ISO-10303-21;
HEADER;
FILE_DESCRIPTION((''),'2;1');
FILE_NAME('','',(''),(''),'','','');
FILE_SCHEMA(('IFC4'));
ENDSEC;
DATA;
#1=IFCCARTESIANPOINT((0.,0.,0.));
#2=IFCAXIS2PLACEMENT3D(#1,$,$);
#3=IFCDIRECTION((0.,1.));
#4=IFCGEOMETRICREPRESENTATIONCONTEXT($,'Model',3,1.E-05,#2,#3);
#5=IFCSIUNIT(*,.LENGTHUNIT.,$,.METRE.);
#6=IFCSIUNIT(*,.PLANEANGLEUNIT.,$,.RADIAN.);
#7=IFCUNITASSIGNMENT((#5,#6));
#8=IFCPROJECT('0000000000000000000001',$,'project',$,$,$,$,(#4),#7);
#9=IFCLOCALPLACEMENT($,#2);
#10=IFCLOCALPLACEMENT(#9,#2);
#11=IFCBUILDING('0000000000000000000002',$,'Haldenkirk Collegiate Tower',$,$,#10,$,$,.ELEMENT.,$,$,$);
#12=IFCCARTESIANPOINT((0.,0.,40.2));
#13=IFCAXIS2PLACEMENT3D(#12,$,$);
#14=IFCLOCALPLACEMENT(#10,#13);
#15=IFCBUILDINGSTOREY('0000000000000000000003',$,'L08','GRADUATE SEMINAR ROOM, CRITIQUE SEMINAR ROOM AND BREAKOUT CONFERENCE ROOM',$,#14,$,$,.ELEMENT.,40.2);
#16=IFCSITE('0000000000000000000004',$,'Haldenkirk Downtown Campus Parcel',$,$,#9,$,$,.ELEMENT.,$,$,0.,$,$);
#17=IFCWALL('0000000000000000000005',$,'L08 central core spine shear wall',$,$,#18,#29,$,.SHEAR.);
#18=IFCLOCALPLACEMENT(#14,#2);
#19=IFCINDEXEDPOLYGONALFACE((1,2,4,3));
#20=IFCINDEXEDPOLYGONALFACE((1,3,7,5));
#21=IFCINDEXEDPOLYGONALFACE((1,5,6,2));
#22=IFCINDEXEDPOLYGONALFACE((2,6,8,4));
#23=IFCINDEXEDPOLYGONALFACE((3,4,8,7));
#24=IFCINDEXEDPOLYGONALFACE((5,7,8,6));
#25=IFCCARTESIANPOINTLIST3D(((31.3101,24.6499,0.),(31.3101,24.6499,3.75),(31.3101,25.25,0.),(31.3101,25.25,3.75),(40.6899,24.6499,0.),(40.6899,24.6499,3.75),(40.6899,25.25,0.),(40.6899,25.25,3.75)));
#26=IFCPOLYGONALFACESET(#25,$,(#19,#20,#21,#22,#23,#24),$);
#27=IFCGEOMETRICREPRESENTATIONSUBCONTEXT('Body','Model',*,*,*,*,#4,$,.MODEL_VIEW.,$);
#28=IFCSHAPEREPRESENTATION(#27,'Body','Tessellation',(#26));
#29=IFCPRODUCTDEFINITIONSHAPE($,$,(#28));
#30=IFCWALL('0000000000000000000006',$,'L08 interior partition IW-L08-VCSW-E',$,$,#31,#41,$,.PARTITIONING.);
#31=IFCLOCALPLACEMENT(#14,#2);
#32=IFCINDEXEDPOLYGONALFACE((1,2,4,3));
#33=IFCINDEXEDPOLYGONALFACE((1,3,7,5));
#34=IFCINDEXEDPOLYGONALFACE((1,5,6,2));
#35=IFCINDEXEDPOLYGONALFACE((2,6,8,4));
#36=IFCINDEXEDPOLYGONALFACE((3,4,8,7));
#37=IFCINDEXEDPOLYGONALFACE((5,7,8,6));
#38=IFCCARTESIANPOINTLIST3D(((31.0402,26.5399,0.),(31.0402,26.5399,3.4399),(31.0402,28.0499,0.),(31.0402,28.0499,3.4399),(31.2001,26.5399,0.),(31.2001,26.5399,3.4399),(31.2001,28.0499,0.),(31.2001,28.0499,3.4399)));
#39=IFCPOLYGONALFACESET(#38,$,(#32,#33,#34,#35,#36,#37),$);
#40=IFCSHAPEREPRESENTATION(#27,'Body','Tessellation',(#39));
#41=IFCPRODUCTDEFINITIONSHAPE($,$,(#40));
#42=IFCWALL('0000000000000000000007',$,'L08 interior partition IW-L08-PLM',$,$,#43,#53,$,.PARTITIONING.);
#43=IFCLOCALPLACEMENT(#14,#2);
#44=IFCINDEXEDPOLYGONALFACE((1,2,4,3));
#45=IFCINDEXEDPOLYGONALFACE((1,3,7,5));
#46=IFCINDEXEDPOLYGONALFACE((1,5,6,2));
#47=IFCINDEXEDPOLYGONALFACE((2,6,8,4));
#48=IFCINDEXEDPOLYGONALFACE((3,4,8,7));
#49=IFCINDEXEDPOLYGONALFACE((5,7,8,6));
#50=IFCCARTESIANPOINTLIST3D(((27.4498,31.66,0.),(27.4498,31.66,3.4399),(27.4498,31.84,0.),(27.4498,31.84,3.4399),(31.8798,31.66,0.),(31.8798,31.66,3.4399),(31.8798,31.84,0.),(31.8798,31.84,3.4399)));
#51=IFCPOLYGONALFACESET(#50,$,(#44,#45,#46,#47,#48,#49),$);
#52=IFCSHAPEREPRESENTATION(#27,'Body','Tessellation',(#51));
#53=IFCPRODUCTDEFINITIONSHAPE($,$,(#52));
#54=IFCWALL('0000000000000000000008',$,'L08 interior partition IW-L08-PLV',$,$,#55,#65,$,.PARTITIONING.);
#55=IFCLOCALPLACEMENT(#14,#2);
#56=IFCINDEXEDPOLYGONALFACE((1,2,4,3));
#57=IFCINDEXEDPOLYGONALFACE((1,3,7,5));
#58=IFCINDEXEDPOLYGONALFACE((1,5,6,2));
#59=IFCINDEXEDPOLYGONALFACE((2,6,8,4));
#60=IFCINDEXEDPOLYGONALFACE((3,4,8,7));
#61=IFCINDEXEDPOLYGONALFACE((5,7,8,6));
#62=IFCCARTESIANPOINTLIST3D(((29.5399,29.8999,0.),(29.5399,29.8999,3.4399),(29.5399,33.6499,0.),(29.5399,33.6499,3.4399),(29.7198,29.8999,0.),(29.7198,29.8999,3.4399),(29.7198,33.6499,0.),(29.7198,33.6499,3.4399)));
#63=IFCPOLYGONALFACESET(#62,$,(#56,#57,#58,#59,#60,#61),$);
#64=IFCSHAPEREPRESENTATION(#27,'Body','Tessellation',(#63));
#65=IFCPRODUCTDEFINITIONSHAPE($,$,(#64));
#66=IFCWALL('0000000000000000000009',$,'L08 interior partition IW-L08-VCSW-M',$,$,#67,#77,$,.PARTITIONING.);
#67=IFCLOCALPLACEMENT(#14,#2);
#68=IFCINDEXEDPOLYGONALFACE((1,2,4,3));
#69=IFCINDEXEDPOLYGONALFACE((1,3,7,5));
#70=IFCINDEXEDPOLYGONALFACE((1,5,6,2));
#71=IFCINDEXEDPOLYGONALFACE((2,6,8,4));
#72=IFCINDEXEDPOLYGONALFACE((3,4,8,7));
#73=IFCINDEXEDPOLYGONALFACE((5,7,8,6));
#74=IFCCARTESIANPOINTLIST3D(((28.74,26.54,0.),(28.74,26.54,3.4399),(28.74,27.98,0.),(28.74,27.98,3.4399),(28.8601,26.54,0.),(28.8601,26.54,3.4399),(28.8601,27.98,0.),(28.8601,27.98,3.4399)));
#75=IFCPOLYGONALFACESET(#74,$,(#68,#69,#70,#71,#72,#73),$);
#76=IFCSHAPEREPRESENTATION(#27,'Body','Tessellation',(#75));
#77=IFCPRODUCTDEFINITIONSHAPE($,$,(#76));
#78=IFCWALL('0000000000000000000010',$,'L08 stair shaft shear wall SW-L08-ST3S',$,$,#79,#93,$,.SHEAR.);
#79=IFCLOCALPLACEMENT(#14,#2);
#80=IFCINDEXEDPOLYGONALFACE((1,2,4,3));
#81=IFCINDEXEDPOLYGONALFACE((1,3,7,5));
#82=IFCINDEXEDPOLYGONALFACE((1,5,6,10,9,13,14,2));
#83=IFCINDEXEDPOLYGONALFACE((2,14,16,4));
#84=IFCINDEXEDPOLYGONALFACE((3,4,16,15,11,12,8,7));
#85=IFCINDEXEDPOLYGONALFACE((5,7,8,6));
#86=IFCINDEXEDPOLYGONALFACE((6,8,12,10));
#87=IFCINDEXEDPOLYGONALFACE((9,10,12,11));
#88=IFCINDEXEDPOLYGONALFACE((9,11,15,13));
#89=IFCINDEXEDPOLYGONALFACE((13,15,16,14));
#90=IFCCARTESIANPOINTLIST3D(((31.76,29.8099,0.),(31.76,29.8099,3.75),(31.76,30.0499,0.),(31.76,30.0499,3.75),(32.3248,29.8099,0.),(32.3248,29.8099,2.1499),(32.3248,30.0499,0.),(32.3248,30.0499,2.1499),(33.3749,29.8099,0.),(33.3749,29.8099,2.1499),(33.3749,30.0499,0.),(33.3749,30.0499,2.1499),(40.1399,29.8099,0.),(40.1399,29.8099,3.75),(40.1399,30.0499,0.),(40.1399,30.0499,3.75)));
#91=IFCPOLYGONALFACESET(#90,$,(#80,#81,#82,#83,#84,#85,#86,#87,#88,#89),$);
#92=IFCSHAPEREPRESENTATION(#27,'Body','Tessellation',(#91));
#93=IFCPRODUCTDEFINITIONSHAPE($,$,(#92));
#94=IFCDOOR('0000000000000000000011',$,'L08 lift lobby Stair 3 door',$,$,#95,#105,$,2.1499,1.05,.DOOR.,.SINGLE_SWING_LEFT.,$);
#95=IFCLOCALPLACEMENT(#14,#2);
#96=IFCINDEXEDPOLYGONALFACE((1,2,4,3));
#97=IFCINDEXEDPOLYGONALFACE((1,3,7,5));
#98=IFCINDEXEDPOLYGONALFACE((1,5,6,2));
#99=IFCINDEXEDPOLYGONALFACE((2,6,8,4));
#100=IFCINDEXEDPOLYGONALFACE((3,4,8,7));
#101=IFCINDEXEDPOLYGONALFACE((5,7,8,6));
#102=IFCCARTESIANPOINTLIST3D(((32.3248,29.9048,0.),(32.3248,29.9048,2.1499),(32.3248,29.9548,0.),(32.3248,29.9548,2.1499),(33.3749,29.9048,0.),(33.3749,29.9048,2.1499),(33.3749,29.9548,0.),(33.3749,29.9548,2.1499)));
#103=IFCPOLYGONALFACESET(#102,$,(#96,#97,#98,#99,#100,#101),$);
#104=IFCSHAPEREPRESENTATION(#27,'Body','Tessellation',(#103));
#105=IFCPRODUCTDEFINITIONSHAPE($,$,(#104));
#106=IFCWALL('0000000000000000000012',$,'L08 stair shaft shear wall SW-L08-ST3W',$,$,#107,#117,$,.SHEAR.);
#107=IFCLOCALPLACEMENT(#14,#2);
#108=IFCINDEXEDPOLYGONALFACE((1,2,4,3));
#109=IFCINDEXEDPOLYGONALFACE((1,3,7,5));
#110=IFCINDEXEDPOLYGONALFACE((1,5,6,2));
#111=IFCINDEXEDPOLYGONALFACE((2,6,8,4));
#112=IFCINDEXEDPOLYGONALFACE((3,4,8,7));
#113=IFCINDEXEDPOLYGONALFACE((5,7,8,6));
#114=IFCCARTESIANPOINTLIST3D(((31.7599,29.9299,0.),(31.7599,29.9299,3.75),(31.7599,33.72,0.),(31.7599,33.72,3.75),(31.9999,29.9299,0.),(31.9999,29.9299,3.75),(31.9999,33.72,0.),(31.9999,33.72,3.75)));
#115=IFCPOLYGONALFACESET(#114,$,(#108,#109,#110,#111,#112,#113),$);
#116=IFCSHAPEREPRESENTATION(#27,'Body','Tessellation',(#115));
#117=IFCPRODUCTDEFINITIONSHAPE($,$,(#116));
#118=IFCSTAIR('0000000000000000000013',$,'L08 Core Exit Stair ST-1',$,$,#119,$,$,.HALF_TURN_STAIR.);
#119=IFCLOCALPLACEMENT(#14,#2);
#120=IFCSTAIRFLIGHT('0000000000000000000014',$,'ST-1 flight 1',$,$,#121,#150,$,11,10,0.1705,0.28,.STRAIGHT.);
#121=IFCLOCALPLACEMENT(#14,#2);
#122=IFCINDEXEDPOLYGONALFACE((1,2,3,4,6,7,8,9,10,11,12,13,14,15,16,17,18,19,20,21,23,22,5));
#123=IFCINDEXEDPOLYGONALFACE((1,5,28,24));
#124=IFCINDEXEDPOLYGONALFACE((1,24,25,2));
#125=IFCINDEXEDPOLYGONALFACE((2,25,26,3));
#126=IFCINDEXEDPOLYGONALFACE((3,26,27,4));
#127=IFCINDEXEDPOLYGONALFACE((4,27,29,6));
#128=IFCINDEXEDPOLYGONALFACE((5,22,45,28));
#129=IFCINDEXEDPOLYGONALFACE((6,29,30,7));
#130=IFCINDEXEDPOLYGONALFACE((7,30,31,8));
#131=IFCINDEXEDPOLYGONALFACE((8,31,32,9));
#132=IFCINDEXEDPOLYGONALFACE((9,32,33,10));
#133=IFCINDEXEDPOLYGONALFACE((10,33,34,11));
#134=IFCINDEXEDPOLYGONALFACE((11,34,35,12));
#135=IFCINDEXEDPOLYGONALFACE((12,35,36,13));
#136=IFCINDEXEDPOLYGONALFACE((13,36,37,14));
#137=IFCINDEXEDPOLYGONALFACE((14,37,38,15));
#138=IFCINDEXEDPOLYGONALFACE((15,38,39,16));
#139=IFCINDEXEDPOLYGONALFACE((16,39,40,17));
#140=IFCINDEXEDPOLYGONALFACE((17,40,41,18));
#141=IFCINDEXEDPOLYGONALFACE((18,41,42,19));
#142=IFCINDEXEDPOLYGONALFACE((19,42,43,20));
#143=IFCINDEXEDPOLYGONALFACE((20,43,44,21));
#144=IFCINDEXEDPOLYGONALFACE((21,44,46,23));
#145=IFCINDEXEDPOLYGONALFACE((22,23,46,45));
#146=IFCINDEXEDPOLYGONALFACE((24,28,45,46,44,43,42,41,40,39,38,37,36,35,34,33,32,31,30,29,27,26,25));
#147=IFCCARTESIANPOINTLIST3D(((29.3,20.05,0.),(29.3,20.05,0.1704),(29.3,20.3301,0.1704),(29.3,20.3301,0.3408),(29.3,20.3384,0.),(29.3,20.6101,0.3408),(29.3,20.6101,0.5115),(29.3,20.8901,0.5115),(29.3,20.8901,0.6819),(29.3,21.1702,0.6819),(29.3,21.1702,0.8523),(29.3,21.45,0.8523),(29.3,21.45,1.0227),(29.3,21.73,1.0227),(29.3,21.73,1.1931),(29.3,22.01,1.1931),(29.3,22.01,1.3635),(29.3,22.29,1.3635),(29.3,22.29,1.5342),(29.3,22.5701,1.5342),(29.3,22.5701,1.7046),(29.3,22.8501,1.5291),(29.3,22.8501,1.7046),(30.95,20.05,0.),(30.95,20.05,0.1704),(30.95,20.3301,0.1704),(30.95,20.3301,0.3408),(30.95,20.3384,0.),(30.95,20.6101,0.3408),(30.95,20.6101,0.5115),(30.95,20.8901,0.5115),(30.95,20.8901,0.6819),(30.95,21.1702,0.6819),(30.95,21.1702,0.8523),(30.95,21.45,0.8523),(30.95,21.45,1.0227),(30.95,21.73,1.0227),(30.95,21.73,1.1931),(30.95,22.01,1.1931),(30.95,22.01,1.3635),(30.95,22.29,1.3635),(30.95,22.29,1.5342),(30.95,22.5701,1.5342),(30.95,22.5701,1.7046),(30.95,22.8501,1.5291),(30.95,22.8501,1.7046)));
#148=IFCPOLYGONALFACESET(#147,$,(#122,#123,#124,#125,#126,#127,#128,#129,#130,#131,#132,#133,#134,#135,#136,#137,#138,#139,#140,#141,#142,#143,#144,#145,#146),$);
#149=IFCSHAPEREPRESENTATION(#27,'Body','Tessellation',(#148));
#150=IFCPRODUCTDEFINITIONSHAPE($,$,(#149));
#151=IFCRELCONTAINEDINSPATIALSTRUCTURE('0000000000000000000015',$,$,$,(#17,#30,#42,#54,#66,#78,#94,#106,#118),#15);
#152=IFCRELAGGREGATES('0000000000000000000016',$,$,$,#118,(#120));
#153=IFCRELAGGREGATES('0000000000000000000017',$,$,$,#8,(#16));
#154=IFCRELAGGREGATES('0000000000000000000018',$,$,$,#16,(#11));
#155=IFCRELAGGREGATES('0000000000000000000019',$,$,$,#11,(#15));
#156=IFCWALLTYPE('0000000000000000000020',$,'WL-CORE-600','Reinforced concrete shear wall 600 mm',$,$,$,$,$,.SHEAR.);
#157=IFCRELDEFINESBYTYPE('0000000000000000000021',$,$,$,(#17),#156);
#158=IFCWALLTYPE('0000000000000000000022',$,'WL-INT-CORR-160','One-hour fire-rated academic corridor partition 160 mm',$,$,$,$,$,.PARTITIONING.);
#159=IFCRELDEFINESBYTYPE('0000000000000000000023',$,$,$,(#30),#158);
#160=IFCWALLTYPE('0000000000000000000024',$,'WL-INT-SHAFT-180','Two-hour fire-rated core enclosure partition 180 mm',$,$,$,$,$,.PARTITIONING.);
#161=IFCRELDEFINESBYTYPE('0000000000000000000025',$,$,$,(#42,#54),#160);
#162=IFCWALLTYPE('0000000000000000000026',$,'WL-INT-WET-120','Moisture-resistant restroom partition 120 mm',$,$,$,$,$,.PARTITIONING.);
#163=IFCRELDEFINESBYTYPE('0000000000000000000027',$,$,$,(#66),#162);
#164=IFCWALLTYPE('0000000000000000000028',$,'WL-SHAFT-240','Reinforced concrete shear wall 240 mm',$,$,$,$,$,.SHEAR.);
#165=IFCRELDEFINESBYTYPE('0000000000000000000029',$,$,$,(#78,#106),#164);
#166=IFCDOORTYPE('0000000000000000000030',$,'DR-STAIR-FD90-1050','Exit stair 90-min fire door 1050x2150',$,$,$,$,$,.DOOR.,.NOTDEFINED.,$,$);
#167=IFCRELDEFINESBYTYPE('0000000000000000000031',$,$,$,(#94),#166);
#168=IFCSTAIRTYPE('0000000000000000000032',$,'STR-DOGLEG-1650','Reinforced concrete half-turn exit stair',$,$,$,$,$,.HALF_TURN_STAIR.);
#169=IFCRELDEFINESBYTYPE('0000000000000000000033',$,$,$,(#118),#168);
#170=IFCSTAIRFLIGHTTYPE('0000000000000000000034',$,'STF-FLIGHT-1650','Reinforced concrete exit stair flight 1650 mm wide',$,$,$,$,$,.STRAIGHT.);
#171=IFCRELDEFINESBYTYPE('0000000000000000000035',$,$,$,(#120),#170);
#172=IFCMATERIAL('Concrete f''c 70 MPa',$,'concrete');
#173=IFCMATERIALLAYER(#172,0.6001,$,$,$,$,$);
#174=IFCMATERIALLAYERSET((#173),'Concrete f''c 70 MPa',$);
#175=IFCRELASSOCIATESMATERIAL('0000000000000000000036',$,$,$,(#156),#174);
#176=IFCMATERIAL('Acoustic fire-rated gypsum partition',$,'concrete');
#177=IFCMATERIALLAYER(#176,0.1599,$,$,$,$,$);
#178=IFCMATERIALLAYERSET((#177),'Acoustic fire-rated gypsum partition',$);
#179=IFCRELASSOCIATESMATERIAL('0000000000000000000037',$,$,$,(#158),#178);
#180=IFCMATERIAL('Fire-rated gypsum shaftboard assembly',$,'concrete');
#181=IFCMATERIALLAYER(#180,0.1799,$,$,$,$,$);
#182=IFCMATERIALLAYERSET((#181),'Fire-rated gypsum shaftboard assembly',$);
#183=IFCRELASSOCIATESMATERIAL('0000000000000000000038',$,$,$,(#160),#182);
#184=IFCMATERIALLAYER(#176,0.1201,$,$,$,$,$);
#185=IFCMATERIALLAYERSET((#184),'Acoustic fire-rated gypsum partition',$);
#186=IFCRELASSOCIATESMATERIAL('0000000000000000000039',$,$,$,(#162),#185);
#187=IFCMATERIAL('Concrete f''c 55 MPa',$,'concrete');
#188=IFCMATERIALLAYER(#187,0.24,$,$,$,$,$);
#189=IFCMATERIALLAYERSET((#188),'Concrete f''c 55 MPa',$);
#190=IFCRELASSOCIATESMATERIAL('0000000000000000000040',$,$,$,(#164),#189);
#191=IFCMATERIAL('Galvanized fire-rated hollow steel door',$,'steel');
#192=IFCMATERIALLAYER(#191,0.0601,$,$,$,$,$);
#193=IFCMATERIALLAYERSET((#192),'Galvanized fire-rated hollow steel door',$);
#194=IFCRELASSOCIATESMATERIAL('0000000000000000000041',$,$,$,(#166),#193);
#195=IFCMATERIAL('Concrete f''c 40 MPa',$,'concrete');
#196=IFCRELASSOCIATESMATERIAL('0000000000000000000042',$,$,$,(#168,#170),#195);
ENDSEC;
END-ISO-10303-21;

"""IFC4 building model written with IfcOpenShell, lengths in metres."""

from ifc_helpers import new_model, si_unit, direction, frame, frame_2d, origin, place, context, subcontext, project, spatial, polyline, rectangle, outline, extrude, material, layer, layer_set, type_object, element, fill, aggregate, save


model = new_model("IFC4")

# Units and contexts
model_context = context("Model", 3, precision=1e-05, world=origin(), true_north=direction((0.0, 1.0)))
body_context = subcontext(model_context, "Body", "Model", "MODEL_VIEW")
ifc_project = project(units=[si_unit("LENGTHUNIT", "METRE"), si_unit("PLANEANGLEUNIT", "RADIAN")], contexts=[model_context])

# Site, building, storey
site_placement = place(None, origin())
site = spatial("IfcSite", under=ifc_project, at=site_placement, Name="Haldenkirk Downtown Campus Parcel", CompositionType="ELEMENT", RefElevation=0.0)
building_placement = place(site_placement, origin())
building = spatial("IfcBuilding", under=site, at=building_placement, Name="Haldenkirk Collegiate Tower", CompositionType="ELEMENT")
storey_placement = place(building_placement, frame((0.0, 0.0, 40.2)))
storey = spatial("IfcBuildingStorey", under=building, at=storey_placement, Name="L08", Description="GRADUATE SEMINAR ROOM, CRITIQUE SEMINAR ROOM AND BREAKOUT CONFERENCE ROOM", CompositionType="ELEMENT", Elevation=40.2)

# Walls
ifc_material_1 = material(Name="Concrete f'c 70 MPa", Category="concrete")
ifc_layer_1 = layer(ifc_material_1, 0.6001)
ifc_layer_set_1 = layer_set([ifc_layer_1], Name="Concrete f'c 70 MPa")
wall_type_1 = type_object("IfcWallType", Name="WL-CORE-600", Description="Reinforced concrete shear wall 600 mm", PredefinedType="SHEAR", material=ifc_layer_set_1)
wall_1_placement = place(storey_placement, frame((31.3101, 24.95, 0.0), z_axis=(0.0, 0.0, 1.0), x_axis=(1.0, 0.0, 0.0)))
element("IfcWall", 1, at=wall_1_placement, inside=storey, type_object=wall_type_1, Name="L08 central core spine shear wall", PredefinedType="SHEAR", context=body_context, shape_type="SweptSolid", body=[
    extrude(rectangle(XDim=9.3799, YDim=0.6001, at=frame_2d((4.6899, 0.0))), origin(), (0.0, 0.0, 1.0), 3.75),
])
ifc_material_2 = material(Name="Acoustic fire-rated gypsum partition", Category="concrete")
ifc_layer_2 = layer(ifc_material_2, 0.1599)
ifc_layer_set_2 = layer_set([ifc_layer_2], Name="Acoustic fire-rated gypsum partition")
wall_type_2 = type_object("IfcWallType", Name="WL-INT-CORR-160", Description="One-hour fire-rated academic corridor partition 160 mm", PredefinedType="PARTITIONING", material=ifc_layer_set_2)
wall_2_placement = place(storey_placement, frame((31.1201, 26.54, 0.0), z_axis=(0.0, 0.0, 1.0), x_axis=(0.0, 1.0, 0.0)))
element("IfcWall", 2, at=wall_2_placement, inside=storey, type_object=wall_type_2, Name="L08 interior partition IW-L08-VCSW-E", PredefinedType="PARTITIONING", context=body_context, shape_type="SweptSolid", body=[
    extrude(rectangle(XDim=1.51, YDim=0.1599, at=frame_2d((0.7549, 0.0))), origin(), (0.0, 0.0, 1.0), 3.4399),
])

# Shared definitions
ifc_material_3 = material(Name="Fire-rated gypsum shaftboard assembly", Category="concrete")
ifc_layer_3 = layer(ifc_material_3, 0.1799)
ifc_layer_set_3 = layer_set([ifc_layer_3], Name="Fire-rated gypsum shaftboard assembly")
wall_type_3 = type_object("IfcWallType", Name="WL-INT-SHAFT-180", Description="Two-hour fire-rated core enclosure partition 180 mm", PredefinedType="PARTITIONING", material=ifc_layer_set_3)

# Walls
wall_3_placement = place(storey_placement, frame((27.45, 31.75, 0.0), z_axis=(0.0, 0.0, 1.0), x_axis=(1.0, 0.0, 0.0)))
element("IfcWall", 3, at=wall_3_placement, inside=storey, type_object=wall_type_3, Name="L08 interior partition IW-L08-PLM", PredefinedType="PARTITIONING", context=body_context, shape_type="SweptSolid", body=[
    extrude(rectangle(XDim=4.4299, YDim=0.1799, at=frame_2d((2.2148, 0.0))), origin(), (0.0, 0.0, 1.0), 3.4399),
])
wall_4_placement = place(storey_placement, frame((29.6299, 29.8999, 0.0), z_axis=(0.0, 0.0, 1.0), x_axis=(0.0, 1.0, 0.0)))
element("IfcWall", 4, at=wall_4_placement, inside=storey, type_object=wall_type_3, Name="L08 interior partition IW-L08-PLV", PredefinedType="PARTITIONING", context=body_context, shape_type="SweptSolid", body=[
    extrude(rectangle(XDim=3.75, YDim=0.1799, at=frame_2d((1.875, 0.0))), origin(), (0.0, 0.0, 1.0), 3.4399),
])

# Shared definitions
ifc_material_4 = material(Name="Galvanized fire-rated hollow steel door", Category="steel")

# Wall
ifc_layer_4 = layer(ifc_material_2, 0.1201)
ifc_layer_set_4 = layer_set([ifc_layer_4], Name="Acoustic fire-rated gypsum partition")
wall_type_4 = type_object("IfcWallType", Name="WL-INT-WET-120", Description="Moisture-resistant restroom partition 120 mm", PredefinedType="PARTITIONING", material=ifc_layer_set_4)
wall_5_placement = place(storey_placement, frame((28.8, 26.54, 0.0), z_axis=(0.0, 0.0, 1.0), x_axis=(0.0, 1.0, 0.0)))
element("IfcWall", 5, at=wall_5_placement, inside=storey, type_object=wall_type_4, Name="L08 interior partition IW-L08-VCSW-M", PredefinedType="PARTITIONING", context=body_context, shape_type="SweptSolid", body=[
    extrude(rectangle(XDim=1.4399, YDim=0.1201, at=frame_2d((0.72, 0.0))), origin(), (0.0, 0.0, 1.0), 3.4399),
])

# Wall, opening, door
ifc_material_5 = material(Name="Concrete f'c 55 MPa", Category="concrete")
ifc_layer_5 = layer(ifc_material_5, 0.24)
ifc_layer_set_5 = layer_set([ifc_layer_5], Name="Concrete f'c 55 MPa")
wall_type_5 = type_object("IfcWallType", Name="WL-SHAFT-240", Description="Reinforced concrete shear wall 240 mm", PredefinedType="SHEAR", material=ifc_layer_set_5)
wall_6_placement = place(storey_placement, frame((31.76, 29.9299, 0.0), z_axis=(0.0, 0.0, 1.0), x_axis=(1.0, 0.0, 0.0)))
wall_6 = element("IfcWall", 6, at=wall_6_placement, inside=storey, type_object=wall_type_5, Name="L08 stair shaft shear wall SW-L08-ST3S", PredefinedType="SHEAR", context=body_context, shape_type="SweptSolid", body=[
    extrude(rectangle(XDim=8.3799, YDim=0.24, at=frame_2d((4.1899, 0.0))), origin(), (0.0, 0.0, 1.0), 3.75),
])
opening_1_placement = place(wall_6_placement, frame((0.5649, 0.0, 0.0)))
opening_1 = element("IfcOpeningElement", 7, at=opening_1_placement, cuts=wall_6, PredefinedType="OPENING", context=body_context, shape_type="SweptSolid", body=[
    extrude(rectangle(XDim=1.05, YDim=2.1499, at=frame_2d((0.5249, 1.075))), frame((0.0, 0.1299, 0.0), z_axis=(0.0, -1.0, 0.0), x_axis=(1.0, 0.0, 0.0)), (0.0, 0.0, 1.0), 0.26),
])
ifc_layer_6 = layer(ifc_material_4, 0.0601)
ifc_layer_set_6 = layer_set([ifc_layer_6], Name="Galvanized fire-rated hollow steel door")
door_type_1 = type_object("IfcDoorType", Name="DR-STAIR-FD90-1050", Description="Exit stair 90-min fire door 1050x2150", OperationType="NOTDEFINED", PredefinedType="DOOR", material=ifc_layer_set_6)
door_1_placement = place(opening_1_placement, origin())
door_1 = element("IfcDoor", 8, at=door_1_placement, inside=storey, type_object=door_type_1, Name="L08 lift lobby Stair 3 door", OperationType="SINGLE_SWING_LEFT", OverallHeight=2.1499, OverallWidth=1.05, PredefinedType="DOOR", context=body_context, shape_type="SweptSolid", body=[
    extrude(rectangle(XDim=1.05, YDim=2.1499, at=frame_2d((0.5249, 1.075))), frame((0.0, 0.0249, 0.0), z_axis=(0.0, -1.0, 0.0), x_axis=(1.0, 0.0, 0.0)), (0.0, 0.0, 1.0), 0.05),
])
fill(opening_1, door_1)

# Wall
wall_7_placement = place(storey_placement, frame((31.8799, 29.9299, 0.0), z_axis=(0.0, 0.0, 1.0), x_axis=(0.0, 1.0, 0.0)))
element("IfcWall", 9, at=wall_7_placement, inside=storey, type_object=wall_type_5, Name="L08 stair shaft shear wall SW-L08-ST3W", PredefinedType="SHEAR", context=body_context, shape_type="SweptSolid", body=[
    extrude(rectangle(XDim=3.79, YDim=0.24, at=frame_2d((1.895, 0.0))), origin(), (0.0, 0.0, 1.0), 3.75),
])

# Stair, stair flight
ifc_material_6 = material(Name="Concrete f'c 40 MPa", Category="concrete")
stair_type = type_object("IfcStairType", Name="STR-DOGLEG-1650", Description="Reinforced concrete half-turn exit stair", PredefinedType="HALF_TURN_STAIR", material=ifc_material_6)
stair_placement = place(storey_placement, origin())
stair = element("IfcStair", 10, at=stair_placement, inside=storey, type_object=stair_type, Name="L08 Core Exit Stair ST-1", PredefinedType="HALF_TURN_STAIR")
stair_flight_type = type_object("IfcStairFlightType", Name="STF-FLIGHT-1650", Description="Reinforced concrete exit stair flight 1650 mm wide", PredefinedType="STRAIGHT", material=ifc_material_6)
stair_flight_1_placement = place(storey_placement, frame((30.125, 20.05, 0.0), z_axis=(0.0, 0.0, 1.0), x_axis=(0.0, 1.0, 0.0)))
stair_flight_1 = element("IfcStairFlight", 11, at=stair_flight_1_placement, type_object=stair_flight_type, Name="ST-1 flight 1", NumberOfRisers=11, NumberOfTreads=10, PredefinedType="STRAIGHT", RiserHeight=0.1705, TreadLength=0.28, context=body_context, shape_type="SweptSolid", body=[
    extrude(outline(polyline([(0.0, 0.0), (0.0, 0.1704), (0.28, 0.1704), (0.28, 0.3408), (0.5601, 0.3408), (0.5601, 0.5115), (0.8401, 0.5115), (0.8401, 0.6819), (1.1201, 0.6819), (1.1201, 0.8523), (1.3999, 0.8523), (1.3999, 1.0227), (1.6799, 1.0227), (1.6799, 1.1931), (1.96, 1.1931), (1.96, 1.3635), (2.24, 1.3635), (2.24, 1.5342), (2.52, 1.5342), (2.52, 1.7046), (2.8, 1.7046), (2.8, 1.875), (2.8, 1.5291), (0.2883, 0.0), (0.0, 0.0)])), frame((0.0, 0.825, 0.0), z_axis=(0.0, -1.0, 0.0), x_axis=(1.0, 0.0, 0.0)), (0.0, 0.0, 1.0), 1.6499),
])
aggregate(stair, [stair_flight_1])

save(model, "model.ifc")
